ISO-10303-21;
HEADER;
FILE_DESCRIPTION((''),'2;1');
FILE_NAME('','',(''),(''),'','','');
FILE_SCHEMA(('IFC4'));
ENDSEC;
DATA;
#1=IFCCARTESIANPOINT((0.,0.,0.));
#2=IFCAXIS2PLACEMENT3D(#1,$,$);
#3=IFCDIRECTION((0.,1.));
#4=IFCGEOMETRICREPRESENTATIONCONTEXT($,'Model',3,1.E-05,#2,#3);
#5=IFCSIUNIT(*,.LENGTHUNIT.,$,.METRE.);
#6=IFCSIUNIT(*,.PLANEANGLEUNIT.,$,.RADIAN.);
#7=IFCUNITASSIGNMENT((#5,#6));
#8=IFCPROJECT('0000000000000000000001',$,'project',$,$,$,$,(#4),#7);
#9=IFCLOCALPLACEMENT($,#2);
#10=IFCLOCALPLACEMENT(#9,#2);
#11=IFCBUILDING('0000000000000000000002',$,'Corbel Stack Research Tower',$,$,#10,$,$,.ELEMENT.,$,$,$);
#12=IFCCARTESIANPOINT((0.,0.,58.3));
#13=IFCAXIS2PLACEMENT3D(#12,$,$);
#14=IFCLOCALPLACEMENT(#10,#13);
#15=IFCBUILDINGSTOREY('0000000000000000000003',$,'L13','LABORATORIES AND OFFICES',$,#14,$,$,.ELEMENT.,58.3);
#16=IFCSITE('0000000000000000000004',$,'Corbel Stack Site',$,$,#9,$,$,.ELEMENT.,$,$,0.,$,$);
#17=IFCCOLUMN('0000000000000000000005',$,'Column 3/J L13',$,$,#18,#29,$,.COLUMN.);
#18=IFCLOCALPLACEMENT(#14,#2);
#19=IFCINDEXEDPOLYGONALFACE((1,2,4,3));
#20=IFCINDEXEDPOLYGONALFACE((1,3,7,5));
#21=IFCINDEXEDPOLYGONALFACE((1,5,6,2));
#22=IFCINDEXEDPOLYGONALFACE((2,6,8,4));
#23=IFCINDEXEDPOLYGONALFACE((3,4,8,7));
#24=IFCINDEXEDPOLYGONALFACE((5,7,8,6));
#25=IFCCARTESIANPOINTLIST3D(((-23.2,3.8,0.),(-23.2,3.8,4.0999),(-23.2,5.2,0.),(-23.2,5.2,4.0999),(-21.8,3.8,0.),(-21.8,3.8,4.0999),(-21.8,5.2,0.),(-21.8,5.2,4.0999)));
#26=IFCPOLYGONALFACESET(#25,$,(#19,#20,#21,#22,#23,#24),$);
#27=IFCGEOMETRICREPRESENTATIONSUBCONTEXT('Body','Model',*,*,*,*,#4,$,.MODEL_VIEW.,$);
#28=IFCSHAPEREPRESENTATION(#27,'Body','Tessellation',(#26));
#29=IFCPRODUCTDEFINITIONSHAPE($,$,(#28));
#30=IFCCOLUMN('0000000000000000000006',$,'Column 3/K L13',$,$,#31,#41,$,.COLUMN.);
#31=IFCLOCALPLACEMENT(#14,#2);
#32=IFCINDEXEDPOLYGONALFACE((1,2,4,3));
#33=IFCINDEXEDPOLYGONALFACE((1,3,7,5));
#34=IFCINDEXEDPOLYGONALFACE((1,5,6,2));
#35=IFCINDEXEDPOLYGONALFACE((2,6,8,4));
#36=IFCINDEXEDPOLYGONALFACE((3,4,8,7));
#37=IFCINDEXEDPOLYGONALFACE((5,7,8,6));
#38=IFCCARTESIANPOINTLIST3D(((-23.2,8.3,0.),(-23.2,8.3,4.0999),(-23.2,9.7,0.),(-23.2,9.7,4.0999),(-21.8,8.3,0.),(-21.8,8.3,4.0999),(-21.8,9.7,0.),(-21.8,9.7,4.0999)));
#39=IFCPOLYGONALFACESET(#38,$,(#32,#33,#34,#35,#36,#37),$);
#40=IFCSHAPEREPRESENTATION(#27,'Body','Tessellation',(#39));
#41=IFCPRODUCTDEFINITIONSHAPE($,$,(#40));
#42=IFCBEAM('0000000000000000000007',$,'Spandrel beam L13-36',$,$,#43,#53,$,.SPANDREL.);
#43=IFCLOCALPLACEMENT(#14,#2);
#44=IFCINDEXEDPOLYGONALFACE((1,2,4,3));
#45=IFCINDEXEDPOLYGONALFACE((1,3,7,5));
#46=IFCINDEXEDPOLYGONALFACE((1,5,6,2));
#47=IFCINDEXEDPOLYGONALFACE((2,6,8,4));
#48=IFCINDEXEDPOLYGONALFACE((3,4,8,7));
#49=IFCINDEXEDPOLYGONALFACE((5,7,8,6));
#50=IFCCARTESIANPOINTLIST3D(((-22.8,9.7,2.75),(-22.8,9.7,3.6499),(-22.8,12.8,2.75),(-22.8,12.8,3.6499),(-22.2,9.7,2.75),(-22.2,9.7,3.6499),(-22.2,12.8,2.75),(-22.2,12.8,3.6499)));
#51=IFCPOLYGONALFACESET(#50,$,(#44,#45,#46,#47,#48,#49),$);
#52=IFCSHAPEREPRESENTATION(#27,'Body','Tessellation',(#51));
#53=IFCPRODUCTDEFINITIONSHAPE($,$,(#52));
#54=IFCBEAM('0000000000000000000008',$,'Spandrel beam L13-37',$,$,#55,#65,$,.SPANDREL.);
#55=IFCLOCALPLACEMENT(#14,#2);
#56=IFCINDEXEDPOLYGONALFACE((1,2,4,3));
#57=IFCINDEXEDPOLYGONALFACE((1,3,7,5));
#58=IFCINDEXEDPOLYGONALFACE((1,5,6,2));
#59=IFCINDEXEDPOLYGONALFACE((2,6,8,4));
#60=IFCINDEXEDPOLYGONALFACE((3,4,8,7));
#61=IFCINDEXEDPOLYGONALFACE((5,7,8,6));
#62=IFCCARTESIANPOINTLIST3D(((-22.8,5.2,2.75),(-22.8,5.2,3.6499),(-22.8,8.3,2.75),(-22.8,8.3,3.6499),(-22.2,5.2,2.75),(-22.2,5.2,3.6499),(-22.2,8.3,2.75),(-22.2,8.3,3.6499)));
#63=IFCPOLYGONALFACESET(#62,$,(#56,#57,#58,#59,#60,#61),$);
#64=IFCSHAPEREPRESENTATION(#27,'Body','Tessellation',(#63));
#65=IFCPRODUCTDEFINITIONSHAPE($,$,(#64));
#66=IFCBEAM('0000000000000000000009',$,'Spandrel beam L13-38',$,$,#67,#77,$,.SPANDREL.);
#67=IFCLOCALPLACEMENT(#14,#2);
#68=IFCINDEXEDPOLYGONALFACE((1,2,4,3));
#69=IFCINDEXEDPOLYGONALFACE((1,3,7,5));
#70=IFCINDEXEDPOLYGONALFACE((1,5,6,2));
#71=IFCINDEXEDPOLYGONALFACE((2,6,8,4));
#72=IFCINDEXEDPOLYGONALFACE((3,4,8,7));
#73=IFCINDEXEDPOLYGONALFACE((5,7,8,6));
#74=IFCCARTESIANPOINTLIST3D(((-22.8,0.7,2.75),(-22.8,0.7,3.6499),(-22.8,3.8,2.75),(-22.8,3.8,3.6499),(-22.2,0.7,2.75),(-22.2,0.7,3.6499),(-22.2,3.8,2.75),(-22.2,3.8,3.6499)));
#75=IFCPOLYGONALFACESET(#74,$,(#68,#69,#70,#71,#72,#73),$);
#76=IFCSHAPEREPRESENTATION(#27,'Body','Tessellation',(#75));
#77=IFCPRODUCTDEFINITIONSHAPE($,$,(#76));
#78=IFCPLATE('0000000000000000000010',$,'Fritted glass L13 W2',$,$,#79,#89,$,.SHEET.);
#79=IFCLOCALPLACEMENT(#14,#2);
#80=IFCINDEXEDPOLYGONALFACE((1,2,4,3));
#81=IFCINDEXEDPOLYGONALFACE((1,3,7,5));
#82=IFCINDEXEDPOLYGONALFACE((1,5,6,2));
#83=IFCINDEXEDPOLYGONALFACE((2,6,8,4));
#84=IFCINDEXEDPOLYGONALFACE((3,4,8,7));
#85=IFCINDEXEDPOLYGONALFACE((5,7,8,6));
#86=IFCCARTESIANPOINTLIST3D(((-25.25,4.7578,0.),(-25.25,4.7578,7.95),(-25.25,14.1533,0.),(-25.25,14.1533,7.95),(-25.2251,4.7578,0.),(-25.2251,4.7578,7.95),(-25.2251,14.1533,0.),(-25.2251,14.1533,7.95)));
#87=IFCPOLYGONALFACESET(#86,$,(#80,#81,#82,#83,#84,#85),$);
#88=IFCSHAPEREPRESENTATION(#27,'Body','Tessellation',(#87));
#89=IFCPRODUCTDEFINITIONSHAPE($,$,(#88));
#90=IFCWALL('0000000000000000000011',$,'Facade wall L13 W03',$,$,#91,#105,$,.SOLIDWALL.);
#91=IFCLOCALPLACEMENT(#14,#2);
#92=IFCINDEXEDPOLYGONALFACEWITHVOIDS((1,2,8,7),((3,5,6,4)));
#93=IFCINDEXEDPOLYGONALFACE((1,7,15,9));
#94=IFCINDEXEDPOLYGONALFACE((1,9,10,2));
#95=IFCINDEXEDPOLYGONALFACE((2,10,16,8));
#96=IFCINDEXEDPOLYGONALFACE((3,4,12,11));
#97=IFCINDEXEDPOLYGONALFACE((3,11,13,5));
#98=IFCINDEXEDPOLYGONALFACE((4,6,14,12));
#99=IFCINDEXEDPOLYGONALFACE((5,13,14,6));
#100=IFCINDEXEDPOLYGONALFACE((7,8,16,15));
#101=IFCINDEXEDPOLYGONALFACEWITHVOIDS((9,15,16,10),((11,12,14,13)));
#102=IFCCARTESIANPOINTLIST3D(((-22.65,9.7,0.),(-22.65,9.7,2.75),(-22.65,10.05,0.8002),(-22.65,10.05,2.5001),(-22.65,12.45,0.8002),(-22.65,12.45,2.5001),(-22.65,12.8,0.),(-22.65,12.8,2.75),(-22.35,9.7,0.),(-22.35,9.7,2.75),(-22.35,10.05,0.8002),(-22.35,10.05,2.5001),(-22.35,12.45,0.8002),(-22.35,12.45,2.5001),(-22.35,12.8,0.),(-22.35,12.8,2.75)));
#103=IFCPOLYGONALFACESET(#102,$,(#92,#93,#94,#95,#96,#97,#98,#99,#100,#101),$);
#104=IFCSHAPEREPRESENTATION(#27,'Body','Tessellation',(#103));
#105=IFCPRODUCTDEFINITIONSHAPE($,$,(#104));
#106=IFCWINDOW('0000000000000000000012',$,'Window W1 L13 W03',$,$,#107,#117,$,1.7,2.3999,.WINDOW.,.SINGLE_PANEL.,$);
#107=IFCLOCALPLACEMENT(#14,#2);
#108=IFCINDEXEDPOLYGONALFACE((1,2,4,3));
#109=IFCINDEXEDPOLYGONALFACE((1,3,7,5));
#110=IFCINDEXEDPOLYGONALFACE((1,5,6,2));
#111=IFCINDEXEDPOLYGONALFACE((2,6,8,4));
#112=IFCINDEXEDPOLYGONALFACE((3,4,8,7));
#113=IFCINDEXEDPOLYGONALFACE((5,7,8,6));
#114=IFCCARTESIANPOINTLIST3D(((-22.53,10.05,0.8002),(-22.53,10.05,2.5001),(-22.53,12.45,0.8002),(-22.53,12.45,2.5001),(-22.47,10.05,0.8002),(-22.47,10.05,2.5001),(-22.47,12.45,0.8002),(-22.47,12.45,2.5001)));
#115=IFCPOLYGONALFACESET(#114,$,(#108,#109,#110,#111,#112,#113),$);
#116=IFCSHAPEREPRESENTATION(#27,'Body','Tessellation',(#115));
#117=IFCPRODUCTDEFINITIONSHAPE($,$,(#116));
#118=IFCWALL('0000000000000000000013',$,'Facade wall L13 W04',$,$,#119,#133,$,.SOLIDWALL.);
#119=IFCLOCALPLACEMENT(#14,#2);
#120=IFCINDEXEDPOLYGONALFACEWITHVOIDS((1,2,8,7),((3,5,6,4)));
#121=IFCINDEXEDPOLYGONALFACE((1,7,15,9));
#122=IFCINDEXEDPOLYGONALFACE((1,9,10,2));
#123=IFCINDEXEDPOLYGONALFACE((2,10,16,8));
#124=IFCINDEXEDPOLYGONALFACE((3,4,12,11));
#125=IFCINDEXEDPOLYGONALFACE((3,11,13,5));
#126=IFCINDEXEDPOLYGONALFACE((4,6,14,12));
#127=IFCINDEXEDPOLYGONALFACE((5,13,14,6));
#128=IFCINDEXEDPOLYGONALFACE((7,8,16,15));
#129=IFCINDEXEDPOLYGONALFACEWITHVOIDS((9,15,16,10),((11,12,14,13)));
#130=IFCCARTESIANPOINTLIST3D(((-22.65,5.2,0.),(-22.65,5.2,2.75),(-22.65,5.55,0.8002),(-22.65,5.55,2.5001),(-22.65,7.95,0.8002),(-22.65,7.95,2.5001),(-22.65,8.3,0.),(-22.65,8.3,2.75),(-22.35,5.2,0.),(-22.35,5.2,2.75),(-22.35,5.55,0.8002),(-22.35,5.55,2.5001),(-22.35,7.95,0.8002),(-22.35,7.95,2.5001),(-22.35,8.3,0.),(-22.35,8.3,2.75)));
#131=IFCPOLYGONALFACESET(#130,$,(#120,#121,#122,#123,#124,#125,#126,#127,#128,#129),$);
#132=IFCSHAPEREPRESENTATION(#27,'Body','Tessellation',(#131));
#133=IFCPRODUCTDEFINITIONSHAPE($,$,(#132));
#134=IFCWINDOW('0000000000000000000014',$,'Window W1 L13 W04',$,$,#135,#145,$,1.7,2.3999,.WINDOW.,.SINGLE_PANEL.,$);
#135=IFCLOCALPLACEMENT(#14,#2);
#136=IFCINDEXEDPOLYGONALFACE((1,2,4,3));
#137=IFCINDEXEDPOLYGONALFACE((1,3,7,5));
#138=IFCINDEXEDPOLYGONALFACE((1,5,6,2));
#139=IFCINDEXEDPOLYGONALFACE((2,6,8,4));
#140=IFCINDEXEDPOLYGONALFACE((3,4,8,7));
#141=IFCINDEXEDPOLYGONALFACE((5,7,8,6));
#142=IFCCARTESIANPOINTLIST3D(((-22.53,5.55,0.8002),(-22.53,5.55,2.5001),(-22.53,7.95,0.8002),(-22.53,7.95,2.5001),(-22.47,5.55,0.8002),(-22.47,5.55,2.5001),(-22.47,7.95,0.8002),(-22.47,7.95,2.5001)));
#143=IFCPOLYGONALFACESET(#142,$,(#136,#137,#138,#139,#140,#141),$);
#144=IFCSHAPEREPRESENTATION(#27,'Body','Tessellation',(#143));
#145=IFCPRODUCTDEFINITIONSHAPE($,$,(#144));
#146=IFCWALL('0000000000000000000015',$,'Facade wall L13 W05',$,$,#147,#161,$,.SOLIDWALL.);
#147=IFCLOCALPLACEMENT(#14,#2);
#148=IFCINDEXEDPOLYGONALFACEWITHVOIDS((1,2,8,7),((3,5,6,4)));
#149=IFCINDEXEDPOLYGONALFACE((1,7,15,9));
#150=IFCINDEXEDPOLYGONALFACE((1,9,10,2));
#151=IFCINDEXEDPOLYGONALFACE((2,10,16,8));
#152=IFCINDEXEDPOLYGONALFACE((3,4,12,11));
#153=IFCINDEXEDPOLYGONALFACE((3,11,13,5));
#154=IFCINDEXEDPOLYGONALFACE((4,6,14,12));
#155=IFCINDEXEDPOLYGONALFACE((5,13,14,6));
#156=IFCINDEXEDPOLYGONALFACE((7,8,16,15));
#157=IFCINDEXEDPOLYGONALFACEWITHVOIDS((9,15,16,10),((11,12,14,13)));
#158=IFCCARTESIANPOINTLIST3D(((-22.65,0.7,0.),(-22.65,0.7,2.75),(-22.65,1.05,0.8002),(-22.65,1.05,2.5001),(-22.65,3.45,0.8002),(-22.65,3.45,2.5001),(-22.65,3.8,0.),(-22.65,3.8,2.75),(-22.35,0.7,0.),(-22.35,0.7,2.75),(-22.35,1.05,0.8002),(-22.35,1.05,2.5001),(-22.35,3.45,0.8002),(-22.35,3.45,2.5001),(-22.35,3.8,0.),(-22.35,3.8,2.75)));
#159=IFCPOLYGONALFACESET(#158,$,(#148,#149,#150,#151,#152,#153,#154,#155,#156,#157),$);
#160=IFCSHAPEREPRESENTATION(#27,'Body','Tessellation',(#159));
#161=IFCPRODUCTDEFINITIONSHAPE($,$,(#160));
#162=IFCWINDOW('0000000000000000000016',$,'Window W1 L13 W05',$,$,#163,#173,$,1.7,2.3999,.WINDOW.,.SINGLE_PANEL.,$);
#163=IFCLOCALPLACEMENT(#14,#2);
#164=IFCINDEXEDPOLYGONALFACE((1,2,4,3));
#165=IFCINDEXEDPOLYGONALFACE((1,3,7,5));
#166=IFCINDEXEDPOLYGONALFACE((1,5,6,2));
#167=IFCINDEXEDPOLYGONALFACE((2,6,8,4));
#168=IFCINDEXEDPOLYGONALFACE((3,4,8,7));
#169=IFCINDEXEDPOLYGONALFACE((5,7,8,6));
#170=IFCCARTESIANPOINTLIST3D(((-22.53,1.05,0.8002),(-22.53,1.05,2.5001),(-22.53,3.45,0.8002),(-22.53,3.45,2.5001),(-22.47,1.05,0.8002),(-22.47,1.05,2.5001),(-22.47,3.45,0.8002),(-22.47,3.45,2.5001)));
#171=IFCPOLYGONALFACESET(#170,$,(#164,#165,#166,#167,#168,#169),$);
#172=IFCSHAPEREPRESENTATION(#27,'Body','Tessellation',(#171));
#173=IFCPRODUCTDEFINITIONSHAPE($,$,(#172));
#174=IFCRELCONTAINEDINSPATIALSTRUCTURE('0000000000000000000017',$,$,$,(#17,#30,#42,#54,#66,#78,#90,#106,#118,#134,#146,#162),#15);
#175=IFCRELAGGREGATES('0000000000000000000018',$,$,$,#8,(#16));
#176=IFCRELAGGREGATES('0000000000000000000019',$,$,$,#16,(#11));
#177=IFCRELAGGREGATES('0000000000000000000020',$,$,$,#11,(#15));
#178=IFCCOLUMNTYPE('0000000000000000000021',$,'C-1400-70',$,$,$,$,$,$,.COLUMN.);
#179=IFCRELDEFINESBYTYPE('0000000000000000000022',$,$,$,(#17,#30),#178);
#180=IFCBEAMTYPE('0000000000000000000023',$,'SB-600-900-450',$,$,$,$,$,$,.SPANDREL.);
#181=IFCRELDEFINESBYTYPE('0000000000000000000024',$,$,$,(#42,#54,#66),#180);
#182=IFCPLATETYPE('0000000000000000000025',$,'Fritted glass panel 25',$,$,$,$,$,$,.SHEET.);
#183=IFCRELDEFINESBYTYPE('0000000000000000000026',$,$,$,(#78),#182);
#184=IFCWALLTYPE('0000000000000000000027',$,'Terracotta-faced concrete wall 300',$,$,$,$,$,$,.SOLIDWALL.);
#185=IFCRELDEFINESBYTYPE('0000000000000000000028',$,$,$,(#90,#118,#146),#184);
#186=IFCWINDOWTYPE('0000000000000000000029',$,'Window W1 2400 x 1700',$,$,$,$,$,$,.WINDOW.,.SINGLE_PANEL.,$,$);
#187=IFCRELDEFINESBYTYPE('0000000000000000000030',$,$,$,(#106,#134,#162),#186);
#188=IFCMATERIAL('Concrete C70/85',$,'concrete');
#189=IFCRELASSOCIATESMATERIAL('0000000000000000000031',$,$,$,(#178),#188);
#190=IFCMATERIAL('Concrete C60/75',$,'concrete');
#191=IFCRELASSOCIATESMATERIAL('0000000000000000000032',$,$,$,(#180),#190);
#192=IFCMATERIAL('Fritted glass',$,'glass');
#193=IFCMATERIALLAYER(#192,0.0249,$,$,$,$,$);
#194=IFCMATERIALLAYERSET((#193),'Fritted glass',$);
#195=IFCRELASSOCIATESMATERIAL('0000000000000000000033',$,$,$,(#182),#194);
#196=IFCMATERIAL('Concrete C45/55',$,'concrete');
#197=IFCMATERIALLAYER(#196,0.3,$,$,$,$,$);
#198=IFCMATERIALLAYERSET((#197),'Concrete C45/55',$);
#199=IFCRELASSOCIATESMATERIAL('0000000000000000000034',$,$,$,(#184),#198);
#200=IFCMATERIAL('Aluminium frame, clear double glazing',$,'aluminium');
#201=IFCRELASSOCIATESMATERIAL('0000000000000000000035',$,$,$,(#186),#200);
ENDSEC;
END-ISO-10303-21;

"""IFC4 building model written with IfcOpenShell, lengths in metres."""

from ifc_helpers import new_model, si_unit, direction, frame, frame_2d, origin, origin_2d, place, context, subcontext, project, spatial, rectangle, extrude, material, layer, layer_set, material_profile, profile_set, type_object, element, fill, save


model = new_model("IFC4")

# Units and contexts
model_context = context("Model", 3, precision=1e-05, world=origin(), true_north=direction((0.0, 1.0)))
body_context = subcontext(model_context, "Body", "Model", "MODEL_VIEW")
ifc_project = project(units=[si_unit("LENGTHUNIT", "METRE"), si_unit("PLANEANGLEUNIT", "RADIAN")], contexts=[model_context])

# Site, building, storey
site_placement = place(None, origin())
site = spatial("IfcSite", under=ifc_project, at=site_placement, Name="Corbel Stack Site", CompositionType="ELEMENT", RefElevation=0.0)
building_placement = place(site_placement, origin())
building = spatial("IfcBuilding", under=site, at=building_placement, Name="Corbel Stack Research Tower", CompositionType="ELEMENT")
storey_placement = place(building_placement, frame((0.0, 0.0, 58.3)))
storey = spatial("IfcBuildingStorey", under=building, at=storey_placement, Name="L13", Description="LABORATORIES AND OFFICES", CompositionType="ELEMENT", Elevation=58.3)

# Columns
ifc_material_1 = material(Name="Concrete C70/85", Category="concrete")
ifc_material_profile_1 = material_profile(ifc_material_1, rectangle(XDim=1.3999, YDim=1.3999, at=origin_2d()), Name="RC 1400 x 1400")
ifc_profile_set_1 = profile_set([ifc_material_profile_1], Name="Concrete C70/85")
column_type = type_object("IfcColumnType", Name="C-1400-70", PredefinedType="COLUMN", material=ifc_profile_set_1)
for number, where, z_axis, x_axis, name in (
    (1, (-22.5, 4.5, 0.0), (0.0, 0.0, 1.0), (1.0, 0.0, 0.0), "Column 3/J L13"),
    (2, (-22.5, 9.0, 0.0), (0.0, 0.0, 1.0), (1.0, 0.0, 0.0), "Column 3/K L13"),
):
    element("IfcColumn", number, at=place(storey_placement, frame(where, z_axis=z_axis, x_axis=x_axis)), inside=storey, type_object=column_type, Name=name, PredefinedType="COLUMN", context=body_context, shape_type="SweptSolid", body=[
        extrude(rectangle(XDim=1.3999, YDim=1.3999, at=origin_2d()), origin(), (0.0, 0.0, 1.0), 4.0999),
    ])

# Beams
ifc_material_2 = material(Name="Concrete C60/75", Category="concrete")
ifc_material_profile_2 = material_profile(ifc_material_2, rectangle(XDim=0.6001, YDim=0.8999, at=origin_2d()), Name="RC 600 x 900")
ifc_profile_set_2 = profile_set([ifc_material_profile_2], Name="Concrete C60/75")
beam_type = type_object("IfcBeamType", Name="SB-600-900-450", PredefinedType="SPANDREL", material=ifc_profile_set_2)
for number, where, z_axis, x_axis, name in (
    (3, (-22.5, 12.8, 3.2), (0.0, -1.0, 0.0), (1.0, 0.0, 0.0), "Spandrel beam L13-36"),
    (4, (-22.5, 8.3, 3.2), (0.0, -1.0, 0.0), (1.0, 0.0, 0.0), "Spandrel beam L13-37"),
    (5, (-22.5, 3.8, 3.2), (0.0, -1.0, 0.0), (1.0, 0.0, 0.0), "Spandrel beam L13-38"),
):
    element("IfcBeam", number, at=place(storey_placement, frame(where, z_axis=z_axis, x_axis=x_axis)), inside=storey, type_object=beam_type, Name=name, PredefinedType="SPANDREL", context=body_context, shape_type="SweptSolid", body=[
        extrude(rectangle(XDim=0.6001, YDim=0.8999, at=origin_2d()), origin(), (0.0, 0.0, 1.0), 3.1001),
    ])

# Plate
ifc_material_3 = material(Name="Fritted glass", Category="glass")
ifc_layer_1 = layer(ifc_material_3, 0.0249)
ifc_layer_set_1 = layer_set([ifc_layer_1], Name="Fritted glass")
plate_type = type_object("IfcPlateType", Name="Fritted glass panel 25", PredefinedType="SHEET", material=ifc_layer_set_1)
plate_placement = place(storey_placement, frame((-25.2375, 9.4556, 0.0), z_axis=(0.0, 0.0, 1.0), x_axis=(0.0, -1.0, 0.0)))
element("IfcPlate", 6, at=plate_placement, inside=storey, type_object=plate_type, Name="Fritted glass L13 W2", PredefinedType="SHEET", context=body_context, shape_type="SweptSolid", body=[
    extrude(rectangle(XDim=9.3955, YDim=0.0249, at=origin_2d()), origin(), (0.0, 0.0, 1.0), 7.95),
])

# Walls, openings, windows
ifc_material_4 = material(Name="Concrete C45/55", Category="concrete")
ifc_layer_2 = layer(ifc_material_4, 0.3)
ifc_layer_set_2 = layer_set([ifc_layer_2], Name="Concrete C45/55")
wall_type = type_object("IfcWallType", Name="Terracotta-faced concrete wall 300", PredefinedType="SOLIDWALL", material=ifc_layer_set_2)
wall_1_placement = place(storey_placement, frame((-22.5, 9.7, 0.0), z_axis=(0.0, 0.0, 1.0), x_axis=(0.0, 1.0, 0.0)))
wall_1 = element("IfcWall", 7, at=wall_1_placement, inside=storey, type_object=wall_type, Name="Facade wall L13 W03", PredefinedType="SOLIDWALL", context=body_context, shape_type="SweptSolid", body=[
    extrude(rectangle(XDim=3.1001, YDim=0.3, at=frame_2d((1.55, 0.0))), origin(), (0.0, 0.0, 1.0), 2.75),
])
opening_1_placement = place(wall_1_placement, frame((0.3501, 0.0, 0.8)))
opening_1 = element("IfcOpeningElement", 8, at=opening_1_placement, cuts=wall_1, PredefinedType="OPENING", context=body_context, shape_type="SweptSolid", body=[
    extrude(rectangle(XDim=2.3999, YDim=1.7, at=frame_2d((1.2, 0.8501))), frame((0.0, 0.1599, 0.0), z_axis=(0.0, -1.0, 0.0), x_axis=(1.0, 0.0, 0.0)), (0.0, 0.0, 1.0), 0.3201),
])
ifc_material_5 = material(Name="Aluminium frame, clear double glazing", Category="aluminium")
window_type = type_object("IfcWindowType", Name="Window W1 2400 x 1700", PartitioningType="SINGLE_PANEL", PredefinedType="WINDOW", material=ifc_material_5)
window_1_placement = place(opening_1_placement, origin())
window_1 = element("IfcWindow", 9, at=window_1_placement, inside=storey, type_object=window_type, Name="Window W1 L13 W03", OverallHeight=1.7, OverallWidth=2.3999, PartitioningType="SINGLE_PANEL", PredefinedType="WINDOW", context=body_context, shape_type="SweptSolid", body=[
    extrude(rectangle(XDim=2.3999, YDim=1.7, at=frame_2d((1.2, 0.8501))), frame((0.0, 0.03, 0.0), z_axis=(0.0, -1.0, 0.0), x_axis=(1.0, 0.0, 0.0)), (0.0, 0.0, 1.0), 0.0601),
])
fill(opening_1, window_1)
wall_2_placement = place(storey_placement, frame((-22.5, 5.2, 0.0), z_axis=(0.0, 0.0, 1.0), x_axis=(0.0, 1.0, 0.0)))
wall_2 = element("IfcWall", 10, at=wall_2_placement, inside=storey, type_object=wall_type, Name="Facade wall L13 W04", PredefinedType="SOLIDWALL", context=body_context, shape_type="SweptSolid", body=[
    extrude(rectangle(XDim=3.1001, YDim=0.3, at=frame_2d((1.55, 0.0))), origin(), (0.0, 0.0, 1.0), 2.75),
])
opening_2_placement = place(wall_2_placement, frame((0.3501, 0.0, 0.8)))
opening_2 = element("IfcOpeningElement", 11, at=opening_2_placement, cuts=wall_2, PredefinedType="OPENING", context=body_context, shape_type="SweptSolid", body=[
    extrude(rectangle(XDim=2.3999, YDim=1.7, at=frame_2d((1.2, 0.8501))), frame((0.0, 0.1599, 0.0), z_axis=(0.0, -1.0, 0.0), x_axis=(1.0, 0.0, 0.0)), (0.0, 0.0, 1.0), 0.3201),
])
window_2_placement = place(opening_2_placement, origin())
window_2 = element("IfcWindow", 12, at=window_2_placement, inside=storey, type_object=window_type, Name="Window W1 L13 W04", OverallHeight=1.7, OverallWidth=2.3999, PartitioningType="SINGLE_PANEL", PredefinedType="WINDOW", context=body_context, shape_type="SweptSolid", body=[
    extrude(rectangle(XDim=2.3999, YDim=1.7, at=frame_2d((1.2, 0.8501))), frame((0.0, 0.03, 0.0), z_axis=(0.0, -1.0, 0.0), x_axis=(1.0, 0.0, 0.0)), (0.0, 0.0, 1.0), 0.0601),
])
fill(opening_2, window_2)
wall_3_placement = place(storey_placement, frame((-22.5, 0.7, 0.0), z_axis=(0.0, 0.0, 1.0), x_axis=(0.0, 1.0, 0.0)))
wall_3 = element("IfcWall", 13, at=wall_3_placement, inside=storey, type_object=wall_type, Name="Facade wall L13 W05", PredefinedType="SOLIDWALL", context=body_context, shape_type="SweptSolid", body=[
    extrude(rectangle(XDim=3.1001, YDim=0.3, at=frame_2d((1.55, 0.0))), origin(), (0.0, 0.0, 1.0), 2.75),
])
opening_3_placement = place(wall_3_placement, frame((0.3501, 0.0, 0.8)))
opening_3 = element("IfcOpeningElement", 14, at=opening_3_placement, cuts=wall_3, PredefinedType="OPENING", context=body_context, shape_type="SweptSolid", body=[
    extrude(rectangle(XDim=2.3999, YDim=1.7, at=frame_2d((1.2, 0.8501))), frame((0.0, 0.1599, 0.0), z_axis=(0.0, -1.0, 0.0), x_axis=(1.0, 0.0, 0.0)), (0.0, 0.0, 1.0), 0.3201),
])
window_3_placement = place(opening_3_placement, origin())
window_3 = element("IfcWindow", 15, at=window_3_placement, inside=storey, type_object=window_type, Name="Window W1 L13 W05", OverallHeight=1.7, OverallWidth=2.3999, PartitioningType="SINGLE_PANEL", PredefinedType="WINDOW", context=body_context, shape_type="SweptSolid", body=[
    extrude(rectangle(XDim=2.3999, YDim=1.7, at=frame_2d((1.2, 0.8501))), frame((0.0, 0.03, 0.0), z_axis=(0.0, -1.0, 0.0), x_axis=(1.0, 0.0, 0.0)), (0.0, 0.0, 1.0), 0.0601),
])
fill(opening_3, window_3)

save(model, "model.ifc")
